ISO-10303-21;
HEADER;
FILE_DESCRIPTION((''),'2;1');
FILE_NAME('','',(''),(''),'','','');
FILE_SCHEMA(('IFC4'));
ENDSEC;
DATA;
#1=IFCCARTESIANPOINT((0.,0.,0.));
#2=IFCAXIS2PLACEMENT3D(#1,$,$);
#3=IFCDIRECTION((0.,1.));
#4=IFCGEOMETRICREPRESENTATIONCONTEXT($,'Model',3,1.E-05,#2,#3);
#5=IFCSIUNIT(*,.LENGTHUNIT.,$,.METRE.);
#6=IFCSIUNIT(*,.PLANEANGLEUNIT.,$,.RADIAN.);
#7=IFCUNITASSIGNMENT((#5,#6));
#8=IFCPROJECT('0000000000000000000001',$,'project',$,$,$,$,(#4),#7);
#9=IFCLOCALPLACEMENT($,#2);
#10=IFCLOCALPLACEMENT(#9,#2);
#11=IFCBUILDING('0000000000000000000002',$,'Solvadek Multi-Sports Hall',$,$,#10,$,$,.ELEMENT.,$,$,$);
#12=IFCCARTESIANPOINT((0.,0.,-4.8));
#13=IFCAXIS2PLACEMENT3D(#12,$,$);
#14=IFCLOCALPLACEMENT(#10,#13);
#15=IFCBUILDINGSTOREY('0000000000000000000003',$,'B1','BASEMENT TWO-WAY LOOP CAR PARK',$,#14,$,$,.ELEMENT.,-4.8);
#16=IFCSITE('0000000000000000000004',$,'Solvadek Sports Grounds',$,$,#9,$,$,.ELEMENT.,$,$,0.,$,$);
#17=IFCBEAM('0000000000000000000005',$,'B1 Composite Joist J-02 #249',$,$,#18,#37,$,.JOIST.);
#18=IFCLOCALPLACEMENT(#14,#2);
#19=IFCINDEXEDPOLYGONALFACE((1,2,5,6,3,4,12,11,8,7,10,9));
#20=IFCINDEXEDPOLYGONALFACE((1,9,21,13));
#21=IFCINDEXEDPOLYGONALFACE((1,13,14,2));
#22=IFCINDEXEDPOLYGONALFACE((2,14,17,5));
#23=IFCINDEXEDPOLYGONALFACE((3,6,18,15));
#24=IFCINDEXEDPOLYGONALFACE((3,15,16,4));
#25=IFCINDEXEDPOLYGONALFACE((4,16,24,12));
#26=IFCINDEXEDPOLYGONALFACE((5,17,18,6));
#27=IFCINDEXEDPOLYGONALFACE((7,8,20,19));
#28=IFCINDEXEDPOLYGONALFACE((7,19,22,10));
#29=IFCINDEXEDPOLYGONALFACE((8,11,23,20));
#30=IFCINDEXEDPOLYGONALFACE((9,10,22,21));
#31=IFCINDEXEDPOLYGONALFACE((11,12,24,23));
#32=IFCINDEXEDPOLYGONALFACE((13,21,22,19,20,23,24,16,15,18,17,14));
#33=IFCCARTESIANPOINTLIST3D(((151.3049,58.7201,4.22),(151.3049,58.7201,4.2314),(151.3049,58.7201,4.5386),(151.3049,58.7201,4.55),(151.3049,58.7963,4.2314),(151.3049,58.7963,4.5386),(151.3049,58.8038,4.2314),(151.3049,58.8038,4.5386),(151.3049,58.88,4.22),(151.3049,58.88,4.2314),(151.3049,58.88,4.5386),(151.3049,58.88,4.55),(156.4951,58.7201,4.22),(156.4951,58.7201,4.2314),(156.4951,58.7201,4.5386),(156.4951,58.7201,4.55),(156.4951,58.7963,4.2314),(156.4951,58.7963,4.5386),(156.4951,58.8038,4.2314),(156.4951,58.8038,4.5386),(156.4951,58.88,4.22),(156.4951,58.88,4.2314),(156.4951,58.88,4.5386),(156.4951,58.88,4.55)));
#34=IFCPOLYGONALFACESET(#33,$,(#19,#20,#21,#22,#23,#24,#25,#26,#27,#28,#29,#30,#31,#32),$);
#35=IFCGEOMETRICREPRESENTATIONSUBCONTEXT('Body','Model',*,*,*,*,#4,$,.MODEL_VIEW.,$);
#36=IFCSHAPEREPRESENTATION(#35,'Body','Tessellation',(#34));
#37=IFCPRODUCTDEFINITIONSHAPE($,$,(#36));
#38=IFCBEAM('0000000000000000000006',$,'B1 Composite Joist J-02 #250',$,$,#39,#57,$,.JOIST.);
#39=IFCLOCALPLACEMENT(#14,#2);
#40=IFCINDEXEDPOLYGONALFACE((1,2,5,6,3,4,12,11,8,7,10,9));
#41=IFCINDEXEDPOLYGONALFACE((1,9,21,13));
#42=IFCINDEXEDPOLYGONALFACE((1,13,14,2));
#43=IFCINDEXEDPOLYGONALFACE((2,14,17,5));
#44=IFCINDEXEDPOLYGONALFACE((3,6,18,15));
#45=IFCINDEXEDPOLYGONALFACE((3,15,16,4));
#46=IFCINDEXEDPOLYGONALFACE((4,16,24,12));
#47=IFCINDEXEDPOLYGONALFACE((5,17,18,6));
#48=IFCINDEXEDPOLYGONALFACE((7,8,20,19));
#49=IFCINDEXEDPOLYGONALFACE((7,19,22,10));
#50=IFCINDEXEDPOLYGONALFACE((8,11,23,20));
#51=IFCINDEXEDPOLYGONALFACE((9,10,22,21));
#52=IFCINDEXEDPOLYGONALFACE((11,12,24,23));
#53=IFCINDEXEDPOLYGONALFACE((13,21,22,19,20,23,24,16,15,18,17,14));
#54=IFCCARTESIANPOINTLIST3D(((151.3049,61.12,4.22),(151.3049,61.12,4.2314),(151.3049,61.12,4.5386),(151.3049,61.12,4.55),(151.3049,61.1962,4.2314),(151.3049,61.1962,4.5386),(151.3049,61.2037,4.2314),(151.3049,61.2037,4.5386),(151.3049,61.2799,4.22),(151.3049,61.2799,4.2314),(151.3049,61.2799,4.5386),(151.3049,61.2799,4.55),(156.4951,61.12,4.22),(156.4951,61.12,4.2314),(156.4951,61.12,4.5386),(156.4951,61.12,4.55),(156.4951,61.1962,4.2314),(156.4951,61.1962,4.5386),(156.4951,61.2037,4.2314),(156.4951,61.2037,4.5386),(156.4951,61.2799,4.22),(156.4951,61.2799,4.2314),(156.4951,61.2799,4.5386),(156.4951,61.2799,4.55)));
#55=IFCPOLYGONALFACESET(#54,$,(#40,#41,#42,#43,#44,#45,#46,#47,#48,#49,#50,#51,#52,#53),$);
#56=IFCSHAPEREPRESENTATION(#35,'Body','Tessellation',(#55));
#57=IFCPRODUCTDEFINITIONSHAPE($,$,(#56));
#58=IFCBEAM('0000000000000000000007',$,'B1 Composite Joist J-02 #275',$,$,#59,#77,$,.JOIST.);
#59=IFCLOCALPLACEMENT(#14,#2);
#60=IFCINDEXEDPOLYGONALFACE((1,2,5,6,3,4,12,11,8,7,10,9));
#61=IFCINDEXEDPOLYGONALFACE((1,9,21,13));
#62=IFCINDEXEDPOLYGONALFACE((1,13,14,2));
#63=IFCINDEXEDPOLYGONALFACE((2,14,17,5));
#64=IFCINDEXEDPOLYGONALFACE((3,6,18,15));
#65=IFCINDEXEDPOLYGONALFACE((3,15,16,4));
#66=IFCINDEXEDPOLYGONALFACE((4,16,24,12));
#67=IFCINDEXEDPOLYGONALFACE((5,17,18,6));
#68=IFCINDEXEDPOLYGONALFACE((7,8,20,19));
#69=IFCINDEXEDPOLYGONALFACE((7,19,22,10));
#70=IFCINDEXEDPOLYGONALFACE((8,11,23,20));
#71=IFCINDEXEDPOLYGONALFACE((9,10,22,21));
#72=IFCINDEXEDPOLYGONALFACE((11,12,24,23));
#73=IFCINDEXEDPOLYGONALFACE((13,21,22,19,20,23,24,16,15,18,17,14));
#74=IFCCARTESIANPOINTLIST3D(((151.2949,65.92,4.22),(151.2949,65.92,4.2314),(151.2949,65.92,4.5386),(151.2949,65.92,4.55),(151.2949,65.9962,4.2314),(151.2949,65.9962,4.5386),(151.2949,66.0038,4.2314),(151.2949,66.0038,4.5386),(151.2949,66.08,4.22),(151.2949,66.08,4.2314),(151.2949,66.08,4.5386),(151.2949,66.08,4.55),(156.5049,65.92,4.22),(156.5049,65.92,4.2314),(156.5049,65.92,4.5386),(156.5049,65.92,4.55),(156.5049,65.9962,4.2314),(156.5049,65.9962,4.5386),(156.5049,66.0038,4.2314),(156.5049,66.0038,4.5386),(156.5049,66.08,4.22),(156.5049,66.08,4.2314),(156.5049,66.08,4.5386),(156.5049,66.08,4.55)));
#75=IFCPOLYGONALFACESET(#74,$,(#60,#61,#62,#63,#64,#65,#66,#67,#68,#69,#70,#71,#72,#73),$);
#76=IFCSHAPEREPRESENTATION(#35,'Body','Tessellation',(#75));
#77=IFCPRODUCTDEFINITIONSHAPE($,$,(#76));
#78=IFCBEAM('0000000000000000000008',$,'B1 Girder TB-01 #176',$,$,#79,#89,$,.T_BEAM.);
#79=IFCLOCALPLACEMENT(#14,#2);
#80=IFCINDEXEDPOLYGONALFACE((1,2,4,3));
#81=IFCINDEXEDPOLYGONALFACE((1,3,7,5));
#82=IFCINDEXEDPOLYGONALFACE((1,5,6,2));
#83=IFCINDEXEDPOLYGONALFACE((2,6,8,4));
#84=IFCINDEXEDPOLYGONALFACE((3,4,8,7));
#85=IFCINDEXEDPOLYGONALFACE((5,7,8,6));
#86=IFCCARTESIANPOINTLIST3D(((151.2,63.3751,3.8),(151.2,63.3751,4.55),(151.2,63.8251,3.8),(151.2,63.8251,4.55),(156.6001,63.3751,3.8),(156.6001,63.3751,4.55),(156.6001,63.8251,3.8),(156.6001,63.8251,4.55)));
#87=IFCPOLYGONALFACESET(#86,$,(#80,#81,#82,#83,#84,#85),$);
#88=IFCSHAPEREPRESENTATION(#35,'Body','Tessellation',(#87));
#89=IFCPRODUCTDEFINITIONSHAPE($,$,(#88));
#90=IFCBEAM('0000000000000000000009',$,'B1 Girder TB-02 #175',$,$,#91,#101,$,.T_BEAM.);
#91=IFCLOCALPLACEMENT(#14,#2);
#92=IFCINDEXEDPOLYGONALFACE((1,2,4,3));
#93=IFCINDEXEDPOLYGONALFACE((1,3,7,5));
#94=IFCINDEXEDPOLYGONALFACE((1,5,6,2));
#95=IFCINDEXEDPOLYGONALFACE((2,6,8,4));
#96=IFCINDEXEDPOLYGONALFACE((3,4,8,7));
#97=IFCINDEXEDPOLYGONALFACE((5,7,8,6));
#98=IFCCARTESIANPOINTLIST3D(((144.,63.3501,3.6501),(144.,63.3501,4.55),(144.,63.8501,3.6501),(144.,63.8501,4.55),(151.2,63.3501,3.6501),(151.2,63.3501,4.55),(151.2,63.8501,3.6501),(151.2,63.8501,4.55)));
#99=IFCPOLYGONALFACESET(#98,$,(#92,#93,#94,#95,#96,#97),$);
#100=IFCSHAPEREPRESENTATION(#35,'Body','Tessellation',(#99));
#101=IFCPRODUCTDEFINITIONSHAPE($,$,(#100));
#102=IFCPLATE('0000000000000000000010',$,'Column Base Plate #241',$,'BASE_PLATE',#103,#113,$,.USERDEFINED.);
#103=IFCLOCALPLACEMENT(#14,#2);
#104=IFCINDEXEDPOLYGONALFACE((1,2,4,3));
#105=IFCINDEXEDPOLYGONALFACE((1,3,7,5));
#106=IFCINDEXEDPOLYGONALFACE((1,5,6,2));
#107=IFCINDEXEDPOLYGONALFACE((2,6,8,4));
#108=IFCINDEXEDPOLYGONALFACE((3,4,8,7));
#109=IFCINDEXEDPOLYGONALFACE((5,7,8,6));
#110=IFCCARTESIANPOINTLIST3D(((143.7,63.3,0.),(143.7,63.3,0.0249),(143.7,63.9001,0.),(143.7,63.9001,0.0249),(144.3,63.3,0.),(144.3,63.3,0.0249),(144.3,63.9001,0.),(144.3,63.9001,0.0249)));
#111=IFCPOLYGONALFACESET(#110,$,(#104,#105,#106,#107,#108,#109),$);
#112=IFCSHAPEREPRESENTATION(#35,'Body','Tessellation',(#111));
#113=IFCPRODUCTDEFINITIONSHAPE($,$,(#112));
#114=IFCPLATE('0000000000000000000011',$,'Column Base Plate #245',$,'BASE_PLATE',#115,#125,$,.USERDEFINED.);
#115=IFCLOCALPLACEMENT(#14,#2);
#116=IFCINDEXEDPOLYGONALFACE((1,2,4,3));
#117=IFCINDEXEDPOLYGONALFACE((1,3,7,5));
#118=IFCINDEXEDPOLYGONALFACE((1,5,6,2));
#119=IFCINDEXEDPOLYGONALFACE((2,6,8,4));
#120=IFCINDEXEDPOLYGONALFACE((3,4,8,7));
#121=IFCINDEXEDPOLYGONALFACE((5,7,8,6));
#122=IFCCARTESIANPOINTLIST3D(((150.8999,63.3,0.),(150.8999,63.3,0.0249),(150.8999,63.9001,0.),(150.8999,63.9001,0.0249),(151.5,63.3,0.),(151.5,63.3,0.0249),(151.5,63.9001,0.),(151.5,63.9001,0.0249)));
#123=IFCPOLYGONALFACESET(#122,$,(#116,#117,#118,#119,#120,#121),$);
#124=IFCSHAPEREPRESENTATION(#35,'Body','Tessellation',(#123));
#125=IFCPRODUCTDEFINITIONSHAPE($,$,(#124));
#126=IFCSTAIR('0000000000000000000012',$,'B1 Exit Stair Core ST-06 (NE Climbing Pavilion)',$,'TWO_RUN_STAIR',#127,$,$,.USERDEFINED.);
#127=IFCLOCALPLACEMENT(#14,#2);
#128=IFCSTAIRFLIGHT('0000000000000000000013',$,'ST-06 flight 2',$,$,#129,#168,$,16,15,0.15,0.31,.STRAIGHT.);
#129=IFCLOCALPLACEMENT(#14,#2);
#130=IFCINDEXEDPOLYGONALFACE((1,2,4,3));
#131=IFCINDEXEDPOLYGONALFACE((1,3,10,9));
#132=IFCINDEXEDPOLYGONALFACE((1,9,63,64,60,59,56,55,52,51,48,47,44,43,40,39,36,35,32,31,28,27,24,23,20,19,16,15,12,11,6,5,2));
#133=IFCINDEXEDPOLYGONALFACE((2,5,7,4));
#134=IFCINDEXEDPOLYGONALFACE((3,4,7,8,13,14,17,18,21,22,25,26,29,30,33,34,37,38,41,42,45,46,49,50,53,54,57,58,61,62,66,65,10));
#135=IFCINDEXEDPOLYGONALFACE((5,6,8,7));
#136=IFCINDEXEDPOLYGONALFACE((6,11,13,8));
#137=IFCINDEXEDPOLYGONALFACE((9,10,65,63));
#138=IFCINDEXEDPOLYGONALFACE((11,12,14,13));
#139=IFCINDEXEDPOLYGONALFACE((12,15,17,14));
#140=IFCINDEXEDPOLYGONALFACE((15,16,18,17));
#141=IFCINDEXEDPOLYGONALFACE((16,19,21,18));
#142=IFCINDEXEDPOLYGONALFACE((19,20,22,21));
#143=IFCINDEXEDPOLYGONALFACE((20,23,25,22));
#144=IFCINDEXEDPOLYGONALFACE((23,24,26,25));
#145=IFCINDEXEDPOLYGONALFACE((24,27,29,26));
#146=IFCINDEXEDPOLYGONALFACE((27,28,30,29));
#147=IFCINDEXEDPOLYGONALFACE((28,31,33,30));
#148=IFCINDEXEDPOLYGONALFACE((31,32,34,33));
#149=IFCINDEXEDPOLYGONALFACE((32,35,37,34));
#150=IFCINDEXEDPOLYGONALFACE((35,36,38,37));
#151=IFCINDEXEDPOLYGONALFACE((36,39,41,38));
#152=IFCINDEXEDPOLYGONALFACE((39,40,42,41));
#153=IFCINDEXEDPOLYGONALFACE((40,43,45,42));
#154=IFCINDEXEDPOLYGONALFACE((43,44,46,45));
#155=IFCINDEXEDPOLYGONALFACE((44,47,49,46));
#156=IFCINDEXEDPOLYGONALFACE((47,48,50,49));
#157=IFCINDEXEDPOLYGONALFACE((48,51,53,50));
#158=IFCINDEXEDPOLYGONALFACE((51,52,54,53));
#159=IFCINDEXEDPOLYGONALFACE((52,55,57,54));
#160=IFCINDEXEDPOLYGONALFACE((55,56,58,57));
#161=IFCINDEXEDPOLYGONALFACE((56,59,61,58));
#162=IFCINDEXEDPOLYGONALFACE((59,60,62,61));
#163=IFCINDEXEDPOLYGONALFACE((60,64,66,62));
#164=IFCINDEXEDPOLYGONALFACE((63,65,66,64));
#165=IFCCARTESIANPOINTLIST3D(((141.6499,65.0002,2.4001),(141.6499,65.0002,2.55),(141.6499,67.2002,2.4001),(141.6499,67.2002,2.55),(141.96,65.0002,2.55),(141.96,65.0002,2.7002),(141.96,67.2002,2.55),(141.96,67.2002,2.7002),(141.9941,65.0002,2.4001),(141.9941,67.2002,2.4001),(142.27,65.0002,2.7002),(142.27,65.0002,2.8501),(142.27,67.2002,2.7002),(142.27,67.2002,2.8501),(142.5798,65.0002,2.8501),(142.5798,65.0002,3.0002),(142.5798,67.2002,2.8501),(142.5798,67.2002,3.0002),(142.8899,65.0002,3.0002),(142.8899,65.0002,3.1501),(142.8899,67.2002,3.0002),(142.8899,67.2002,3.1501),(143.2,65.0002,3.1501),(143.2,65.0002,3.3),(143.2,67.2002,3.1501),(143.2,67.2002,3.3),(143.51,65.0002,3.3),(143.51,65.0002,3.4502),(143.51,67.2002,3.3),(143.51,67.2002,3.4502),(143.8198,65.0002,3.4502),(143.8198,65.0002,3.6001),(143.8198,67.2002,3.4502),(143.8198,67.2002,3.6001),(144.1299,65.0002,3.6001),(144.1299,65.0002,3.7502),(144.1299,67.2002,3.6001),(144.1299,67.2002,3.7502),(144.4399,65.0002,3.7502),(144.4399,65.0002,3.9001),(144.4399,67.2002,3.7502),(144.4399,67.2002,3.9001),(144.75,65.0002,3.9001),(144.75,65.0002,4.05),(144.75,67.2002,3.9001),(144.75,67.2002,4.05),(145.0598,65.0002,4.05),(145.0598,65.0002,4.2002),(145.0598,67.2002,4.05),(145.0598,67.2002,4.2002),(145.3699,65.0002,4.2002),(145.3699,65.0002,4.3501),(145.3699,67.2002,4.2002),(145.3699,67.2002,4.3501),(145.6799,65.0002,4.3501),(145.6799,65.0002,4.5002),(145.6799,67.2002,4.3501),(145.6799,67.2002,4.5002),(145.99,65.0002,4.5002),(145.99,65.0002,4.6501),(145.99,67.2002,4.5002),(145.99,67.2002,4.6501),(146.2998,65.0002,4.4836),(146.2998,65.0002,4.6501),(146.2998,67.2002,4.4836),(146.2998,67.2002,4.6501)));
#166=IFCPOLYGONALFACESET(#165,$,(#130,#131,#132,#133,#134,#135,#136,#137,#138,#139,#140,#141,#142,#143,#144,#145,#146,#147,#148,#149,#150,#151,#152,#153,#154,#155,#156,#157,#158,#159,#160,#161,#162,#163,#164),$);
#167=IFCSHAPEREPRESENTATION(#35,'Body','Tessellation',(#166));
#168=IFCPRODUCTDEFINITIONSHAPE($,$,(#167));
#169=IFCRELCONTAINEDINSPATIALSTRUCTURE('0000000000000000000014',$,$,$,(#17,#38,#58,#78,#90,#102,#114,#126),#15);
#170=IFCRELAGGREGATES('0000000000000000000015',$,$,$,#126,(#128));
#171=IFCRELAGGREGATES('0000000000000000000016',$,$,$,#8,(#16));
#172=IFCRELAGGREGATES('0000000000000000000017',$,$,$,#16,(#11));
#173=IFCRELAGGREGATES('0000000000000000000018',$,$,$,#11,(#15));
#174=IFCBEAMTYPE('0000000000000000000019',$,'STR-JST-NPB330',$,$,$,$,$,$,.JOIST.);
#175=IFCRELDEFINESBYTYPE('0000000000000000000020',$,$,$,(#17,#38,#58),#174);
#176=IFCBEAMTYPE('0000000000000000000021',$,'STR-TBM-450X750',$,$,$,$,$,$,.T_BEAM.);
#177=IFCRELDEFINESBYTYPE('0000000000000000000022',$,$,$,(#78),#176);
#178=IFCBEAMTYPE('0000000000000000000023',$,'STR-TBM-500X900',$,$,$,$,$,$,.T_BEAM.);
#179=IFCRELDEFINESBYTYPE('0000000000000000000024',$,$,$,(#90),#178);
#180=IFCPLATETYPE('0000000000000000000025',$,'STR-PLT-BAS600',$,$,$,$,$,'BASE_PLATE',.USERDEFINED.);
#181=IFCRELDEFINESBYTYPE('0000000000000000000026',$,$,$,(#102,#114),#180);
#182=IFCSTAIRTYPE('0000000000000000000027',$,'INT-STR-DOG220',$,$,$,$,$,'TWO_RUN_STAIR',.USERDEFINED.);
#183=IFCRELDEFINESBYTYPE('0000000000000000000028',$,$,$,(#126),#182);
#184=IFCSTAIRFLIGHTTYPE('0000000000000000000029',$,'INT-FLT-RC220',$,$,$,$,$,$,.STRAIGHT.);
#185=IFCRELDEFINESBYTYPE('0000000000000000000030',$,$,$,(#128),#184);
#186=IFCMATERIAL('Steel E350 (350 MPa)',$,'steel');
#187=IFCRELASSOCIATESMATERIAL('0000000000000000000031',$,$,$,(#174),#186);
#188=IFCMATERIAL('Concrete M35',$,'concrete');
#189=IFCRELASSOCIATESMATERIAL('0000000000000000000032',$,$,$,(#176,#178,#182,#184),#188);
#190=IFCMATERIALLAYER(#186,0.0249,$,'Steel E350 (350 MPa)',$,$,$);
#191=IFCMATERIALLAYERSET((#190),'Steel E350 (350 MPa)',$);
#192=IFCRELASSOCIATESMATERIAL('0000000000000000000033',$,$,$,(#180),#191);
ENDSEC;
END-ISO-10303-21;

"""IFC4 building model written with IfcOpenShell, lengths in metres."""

from ifc_helpers import new_model, si_unit, direction, frame, origin, origin_2d, place, context, subcontext, project, spatial, polyline, rectangle, i_section, outline, extrude, material, layer, layer_set, material_profile, profile_set, type_object, element, aggregate, save


model = new_model("IFC4")

# Units and contexts
model_context = context("Model", 3, precision=1e-05, world=origin(), true_north=direction((0.0, 1.0)))
body_context = subcontext(model_context, "Body", "Model", "MODEL_VIEW")
ifc_project = project(units=[si_unit("LENGTHUNIT", "METRE"), si_unit("PLANEANGLEUNIT", "RADIAN")], contexts=[model_context])

# Site, building, storey
site_placement = place(None, origin())
site = spatial("IfcSite", under=ifc_project, at=site_placement, Name="Solvadek Sports Grounds", CompositionType="ELEMENT", RefElevation=0.0)
building_placement = place(site_placement, origin())
building = spatial("IfcBuilding", under=site, at=building_placement, Name="Solvadek Multi-Sports Hall", CompositionType="ELEMENT")
storey_placement = place(building_placement, frame((0.0, 0.0, -4.8)))
storey = spatial("IfcBuildingStorey", under=building, at=storey_placement, Name="B1", Description="BASEMENT TWO-WAY LOOP CAR PARK", CompositionType="ELEMENT", Elevation=-4.8)

# Shared definitions
ifc_material_1 = material(Name="Concrete M35", Category="concrete")

# Shared definitions
ifc_material_2 = material(Name="Steel E350 (350 MPa)", Category="steel")

# Beams
ifc_material_profile_1 = material_profile(ifc_material_2, i_section(OverallWidth=0.1599, OverallDepth=0.3301, WebThickness=0.0076, FlangeThickness=0.0115, at=origin_2d()), Name="NPB 330")
ifc_profile_set_1 = profile_set([ifc_material_profile_1], Name="Steel E350 (350 MPa)")
beam_type_1 = type_object("IfcBeamType", Name="STR-JST-NPB330", PredefinedType="JOIST", material=ifc_profile_set_1)
for number, where, z_axis, x_axis, name in (
    (1, (151.3049, 58.8, 4.385), (1.0, 0.0, 0.0), (0.0, 1.0, 0.0), "B1 Composite Joist J-02 #249"),
    (2, (151.3049, 61.2, 4.385), (1.0, 0.0, 0.0), (0.0, 1.0, 0.0), "B1 Composite Joist J-02 #250"),
):
    element("IfcBeam", number, at=place(storey_placement, frame(where, z_axis=z_axis, x_axis=x_axis)), inside=storey, type_object=beam_type_1, Name=name, PredefinedType="JOIST", context=body_context, shape_type="SweptSolid", body=[
        extrude(i_section(OverallWidth=0.1599, OverallDepth=0.3301, WebThickness=0.0076, FlangeThickness=0.0115, at=origin_2d()), origin(), (0.0, 0.0, 1.0), 5.1902),
    ])
beam_1_placement = place(storey_placement, frame((151.2949, 66.0, 4.385), z_axis=(1.0, 0.0, 0.0), x_axis=(0.0, 1.0, 0.0)))
element("IfcBeam", 3, at=beam_1_placement, inside=storey, type_object=beam_type_1, Name="B1 Composite Joist J-02 #275", PredefinedType="JOIST", context=body_context, shape_type="SweptSolid", body=[
    extrude(i_section(OverallWidth=0.1599, OverallDepth=0.3301, WebThickness=0.0076, FlangeThickness=0.0115, at=origin_2d()), origin(), (0.0, 0.0, 1.0), 5.21),
])
ifc_material_profile_2 = material_profile(ifc_material_1, rectangle(XDim=0.45, YDim=0.75, at=origin_2d()), Name="RC T-BEAM 450x750")
ifc_profile_set_2 = profile_set([ifc_material_profile_2], Name="Concrete M35")
beam_type_2 = type_object("IfcBeamType", Name="STR-TBM-450X750", PredefinedType="T_BEAM", material=ifc_profile_set_2)
beam_2_placement = place(storey_placement, frame((151.2, 63.6001, 4.175), z_axis=(1.0, 0.0, 0.0), x_axis=(0.0, 1.0, 0.0)))
element("IfcBeam", 4, at=beam_2_placement, inside=storey, type_object=beam_type_2, Name="B1 Girder TB-01 #176", PredefinedType="T_BEAM", context=body_context, shape_type="SweptSolid", body=[
    extrude(rectangle(XDim=0.45, YDim=0.75, at=origin_2d()), origin(), (0.0, 0.0, 1.0), 5.4001),
])
ifc_material_profile_3 = material_profile(ifc_material_1, rectangle(XDim=0.5, YDim=0.8999, at=origin_2d()), Name="RC T-BEAM 500x900")
ifc_profile_set_3 = profile_set([ifc_material_profile_3], Name="Concrete M35")
beam_type_3 = type_object("IfcBeamType", Name="STR-TBM-500X900", PredefinedType="T_BEAM", material=ifc_profile_set_3)
beam_3_placement = place(storey_placement, frame((144.0, 63.6001, 4.1001), z_axis=(1.0, 0.0, 0.0), x_axis=(0.0, 1.0, 0.0)))
element("IfcBeam", 5, at=beam_3_placement, inside=storey, type_object=beam_type_3, Name="B1 Girder TB-02 #175", PredefinedType="T_BEAM", context=body_context, shape_type="SweptSolid", body=[
    extrude(rectangle(XDim=0.5, YDim=0.8999, at=origin_2d()), origin(), (0.0, 0.0, 1.0), 7.2),
])

# Plates
ifc_layer_1 = layer(ifc_material_2, 0.0249, Name="Steel E350 (350 MPa)")
ifc_layer_set_1 = layer_set([ifc_layer_1], Name="Steel E350 (350 MPa)")
plate_type = type_object("IfcPlateType", Name="STR-PLT-BAS600", ElementType="BASE_PLATE", PredefinedType="USERDEFINED", material=ifc_layer_set_1)
for number, where, z_axis, x_axis, name in (
    (6, (144.0, 63.6001, 0.0), (0.0, 0.0, 1.0), (1.0, 0.0, 0.0), "Column Base Plate #241"),
    (7, (151.2, 63.6001, 0.0), (0.0, 0.0, 1.0), (1.0, 0.0, 0.0), "Column Base Plate #245"),
):
    element("IfcPlate", number, at=place(storey_placement, frame(where, z_axis=z_axis, x_axis=x_axis)), inside=storey, type_object=plate_type, Name=name, ObjectType="BASE_PLATE", PredefinedType="USERDEFINED", context=body_context, shape_type="SweptSolid", body=[
        extrude(rectangle(XDim=0.6001, YDim=0.6001, at=origin_2d()), origin(), (0.0, 0.0, 1.0), 0.0249),
    ])

# Stair, stair flight
stair_type = type_object("IfcStairType", Name="INT-STR-DOG220", ElementType="TWO_RUN_STAIR", PredefinedType="USERDEFINED", material=ifc_material_1)
stair_placement = place(storey_placement, origin())
stair = element("IfcStair", 8, at=stair_placement, inside=storey, type_object=stair_type, Name="B1 Exit Stair Core ST-06 (NE Climbing Pavilion)", ObjectType="TWO_RUN_STAIR", PredefinedType="USERDEFINED")
stair_flight_type = type_object("IfcStairFlightType", Name="INT-FLT-RC220", PredefinedType="STRAIGHT", material=ifc_material_1)
stair_flight_placement = place(storey_placement, frame((141.6499, 66.1001, 2.4001), z_axis=(0.0, 0.0, 1.0), x_axis=(1.0, 0.0, 0.0)))
stair_flight = element("IfcStairFlight", 9, at=stair_flight_placement, type_object=stair_flight_type, Name="ST-06 flight 2", NumberOfRisers=16, NumberOfTreads=15, PredefinedType="STRAIGHT", RiserHeight=0.15, TreadLength=0.31, context=body_context, shape_type="SweptSolid", body=[
    extrude(outline(polyline([(0.0, 0.0), (0.0, 0.1499), (0.3101, 0.1499), (0.3101, 0.3), (0.6201, 0.3), (0.6201, 0.45), (0.9299, 0.45), (0.9299, 0.6001), (1.24, 0.6001), (1.24, 0.75), (1.55, 0.75), (1.55, 0.8999), (1.8601, 0.8999), (1.8601, 1.05), (2.1699, 1.05), (2.1699, 1.2), (2.48, 1.2), (2.48, 1.3501), (2.79, 1.3501), (2.79, 1.5), (3.1001, 1.5), (3.1001, 1.6499), (3.4099, 1.6499), (3.4099, 1.8), (3.72, 1.8), (3.72, 1.95), (4.03, 1.95), (4.03, 2.1001), (4.3401, 2.1001), (4.3401, 2.25), (4.6499, 2.25), (4.6499, 2.3999), (4.6499, 2.0835), (0.3442, 0.0), (0.0, 0.0)])), frame((0.0, 1.1001, 0.0), z_axis=(0.0, -1.0, 0.0), x_axis=(1.0, 0.0, 0.0)), (0.0, 0.0, 1.0), 2.2),
])
aggregate(stair, [stair_flight])

save(model, "model.ifc")
